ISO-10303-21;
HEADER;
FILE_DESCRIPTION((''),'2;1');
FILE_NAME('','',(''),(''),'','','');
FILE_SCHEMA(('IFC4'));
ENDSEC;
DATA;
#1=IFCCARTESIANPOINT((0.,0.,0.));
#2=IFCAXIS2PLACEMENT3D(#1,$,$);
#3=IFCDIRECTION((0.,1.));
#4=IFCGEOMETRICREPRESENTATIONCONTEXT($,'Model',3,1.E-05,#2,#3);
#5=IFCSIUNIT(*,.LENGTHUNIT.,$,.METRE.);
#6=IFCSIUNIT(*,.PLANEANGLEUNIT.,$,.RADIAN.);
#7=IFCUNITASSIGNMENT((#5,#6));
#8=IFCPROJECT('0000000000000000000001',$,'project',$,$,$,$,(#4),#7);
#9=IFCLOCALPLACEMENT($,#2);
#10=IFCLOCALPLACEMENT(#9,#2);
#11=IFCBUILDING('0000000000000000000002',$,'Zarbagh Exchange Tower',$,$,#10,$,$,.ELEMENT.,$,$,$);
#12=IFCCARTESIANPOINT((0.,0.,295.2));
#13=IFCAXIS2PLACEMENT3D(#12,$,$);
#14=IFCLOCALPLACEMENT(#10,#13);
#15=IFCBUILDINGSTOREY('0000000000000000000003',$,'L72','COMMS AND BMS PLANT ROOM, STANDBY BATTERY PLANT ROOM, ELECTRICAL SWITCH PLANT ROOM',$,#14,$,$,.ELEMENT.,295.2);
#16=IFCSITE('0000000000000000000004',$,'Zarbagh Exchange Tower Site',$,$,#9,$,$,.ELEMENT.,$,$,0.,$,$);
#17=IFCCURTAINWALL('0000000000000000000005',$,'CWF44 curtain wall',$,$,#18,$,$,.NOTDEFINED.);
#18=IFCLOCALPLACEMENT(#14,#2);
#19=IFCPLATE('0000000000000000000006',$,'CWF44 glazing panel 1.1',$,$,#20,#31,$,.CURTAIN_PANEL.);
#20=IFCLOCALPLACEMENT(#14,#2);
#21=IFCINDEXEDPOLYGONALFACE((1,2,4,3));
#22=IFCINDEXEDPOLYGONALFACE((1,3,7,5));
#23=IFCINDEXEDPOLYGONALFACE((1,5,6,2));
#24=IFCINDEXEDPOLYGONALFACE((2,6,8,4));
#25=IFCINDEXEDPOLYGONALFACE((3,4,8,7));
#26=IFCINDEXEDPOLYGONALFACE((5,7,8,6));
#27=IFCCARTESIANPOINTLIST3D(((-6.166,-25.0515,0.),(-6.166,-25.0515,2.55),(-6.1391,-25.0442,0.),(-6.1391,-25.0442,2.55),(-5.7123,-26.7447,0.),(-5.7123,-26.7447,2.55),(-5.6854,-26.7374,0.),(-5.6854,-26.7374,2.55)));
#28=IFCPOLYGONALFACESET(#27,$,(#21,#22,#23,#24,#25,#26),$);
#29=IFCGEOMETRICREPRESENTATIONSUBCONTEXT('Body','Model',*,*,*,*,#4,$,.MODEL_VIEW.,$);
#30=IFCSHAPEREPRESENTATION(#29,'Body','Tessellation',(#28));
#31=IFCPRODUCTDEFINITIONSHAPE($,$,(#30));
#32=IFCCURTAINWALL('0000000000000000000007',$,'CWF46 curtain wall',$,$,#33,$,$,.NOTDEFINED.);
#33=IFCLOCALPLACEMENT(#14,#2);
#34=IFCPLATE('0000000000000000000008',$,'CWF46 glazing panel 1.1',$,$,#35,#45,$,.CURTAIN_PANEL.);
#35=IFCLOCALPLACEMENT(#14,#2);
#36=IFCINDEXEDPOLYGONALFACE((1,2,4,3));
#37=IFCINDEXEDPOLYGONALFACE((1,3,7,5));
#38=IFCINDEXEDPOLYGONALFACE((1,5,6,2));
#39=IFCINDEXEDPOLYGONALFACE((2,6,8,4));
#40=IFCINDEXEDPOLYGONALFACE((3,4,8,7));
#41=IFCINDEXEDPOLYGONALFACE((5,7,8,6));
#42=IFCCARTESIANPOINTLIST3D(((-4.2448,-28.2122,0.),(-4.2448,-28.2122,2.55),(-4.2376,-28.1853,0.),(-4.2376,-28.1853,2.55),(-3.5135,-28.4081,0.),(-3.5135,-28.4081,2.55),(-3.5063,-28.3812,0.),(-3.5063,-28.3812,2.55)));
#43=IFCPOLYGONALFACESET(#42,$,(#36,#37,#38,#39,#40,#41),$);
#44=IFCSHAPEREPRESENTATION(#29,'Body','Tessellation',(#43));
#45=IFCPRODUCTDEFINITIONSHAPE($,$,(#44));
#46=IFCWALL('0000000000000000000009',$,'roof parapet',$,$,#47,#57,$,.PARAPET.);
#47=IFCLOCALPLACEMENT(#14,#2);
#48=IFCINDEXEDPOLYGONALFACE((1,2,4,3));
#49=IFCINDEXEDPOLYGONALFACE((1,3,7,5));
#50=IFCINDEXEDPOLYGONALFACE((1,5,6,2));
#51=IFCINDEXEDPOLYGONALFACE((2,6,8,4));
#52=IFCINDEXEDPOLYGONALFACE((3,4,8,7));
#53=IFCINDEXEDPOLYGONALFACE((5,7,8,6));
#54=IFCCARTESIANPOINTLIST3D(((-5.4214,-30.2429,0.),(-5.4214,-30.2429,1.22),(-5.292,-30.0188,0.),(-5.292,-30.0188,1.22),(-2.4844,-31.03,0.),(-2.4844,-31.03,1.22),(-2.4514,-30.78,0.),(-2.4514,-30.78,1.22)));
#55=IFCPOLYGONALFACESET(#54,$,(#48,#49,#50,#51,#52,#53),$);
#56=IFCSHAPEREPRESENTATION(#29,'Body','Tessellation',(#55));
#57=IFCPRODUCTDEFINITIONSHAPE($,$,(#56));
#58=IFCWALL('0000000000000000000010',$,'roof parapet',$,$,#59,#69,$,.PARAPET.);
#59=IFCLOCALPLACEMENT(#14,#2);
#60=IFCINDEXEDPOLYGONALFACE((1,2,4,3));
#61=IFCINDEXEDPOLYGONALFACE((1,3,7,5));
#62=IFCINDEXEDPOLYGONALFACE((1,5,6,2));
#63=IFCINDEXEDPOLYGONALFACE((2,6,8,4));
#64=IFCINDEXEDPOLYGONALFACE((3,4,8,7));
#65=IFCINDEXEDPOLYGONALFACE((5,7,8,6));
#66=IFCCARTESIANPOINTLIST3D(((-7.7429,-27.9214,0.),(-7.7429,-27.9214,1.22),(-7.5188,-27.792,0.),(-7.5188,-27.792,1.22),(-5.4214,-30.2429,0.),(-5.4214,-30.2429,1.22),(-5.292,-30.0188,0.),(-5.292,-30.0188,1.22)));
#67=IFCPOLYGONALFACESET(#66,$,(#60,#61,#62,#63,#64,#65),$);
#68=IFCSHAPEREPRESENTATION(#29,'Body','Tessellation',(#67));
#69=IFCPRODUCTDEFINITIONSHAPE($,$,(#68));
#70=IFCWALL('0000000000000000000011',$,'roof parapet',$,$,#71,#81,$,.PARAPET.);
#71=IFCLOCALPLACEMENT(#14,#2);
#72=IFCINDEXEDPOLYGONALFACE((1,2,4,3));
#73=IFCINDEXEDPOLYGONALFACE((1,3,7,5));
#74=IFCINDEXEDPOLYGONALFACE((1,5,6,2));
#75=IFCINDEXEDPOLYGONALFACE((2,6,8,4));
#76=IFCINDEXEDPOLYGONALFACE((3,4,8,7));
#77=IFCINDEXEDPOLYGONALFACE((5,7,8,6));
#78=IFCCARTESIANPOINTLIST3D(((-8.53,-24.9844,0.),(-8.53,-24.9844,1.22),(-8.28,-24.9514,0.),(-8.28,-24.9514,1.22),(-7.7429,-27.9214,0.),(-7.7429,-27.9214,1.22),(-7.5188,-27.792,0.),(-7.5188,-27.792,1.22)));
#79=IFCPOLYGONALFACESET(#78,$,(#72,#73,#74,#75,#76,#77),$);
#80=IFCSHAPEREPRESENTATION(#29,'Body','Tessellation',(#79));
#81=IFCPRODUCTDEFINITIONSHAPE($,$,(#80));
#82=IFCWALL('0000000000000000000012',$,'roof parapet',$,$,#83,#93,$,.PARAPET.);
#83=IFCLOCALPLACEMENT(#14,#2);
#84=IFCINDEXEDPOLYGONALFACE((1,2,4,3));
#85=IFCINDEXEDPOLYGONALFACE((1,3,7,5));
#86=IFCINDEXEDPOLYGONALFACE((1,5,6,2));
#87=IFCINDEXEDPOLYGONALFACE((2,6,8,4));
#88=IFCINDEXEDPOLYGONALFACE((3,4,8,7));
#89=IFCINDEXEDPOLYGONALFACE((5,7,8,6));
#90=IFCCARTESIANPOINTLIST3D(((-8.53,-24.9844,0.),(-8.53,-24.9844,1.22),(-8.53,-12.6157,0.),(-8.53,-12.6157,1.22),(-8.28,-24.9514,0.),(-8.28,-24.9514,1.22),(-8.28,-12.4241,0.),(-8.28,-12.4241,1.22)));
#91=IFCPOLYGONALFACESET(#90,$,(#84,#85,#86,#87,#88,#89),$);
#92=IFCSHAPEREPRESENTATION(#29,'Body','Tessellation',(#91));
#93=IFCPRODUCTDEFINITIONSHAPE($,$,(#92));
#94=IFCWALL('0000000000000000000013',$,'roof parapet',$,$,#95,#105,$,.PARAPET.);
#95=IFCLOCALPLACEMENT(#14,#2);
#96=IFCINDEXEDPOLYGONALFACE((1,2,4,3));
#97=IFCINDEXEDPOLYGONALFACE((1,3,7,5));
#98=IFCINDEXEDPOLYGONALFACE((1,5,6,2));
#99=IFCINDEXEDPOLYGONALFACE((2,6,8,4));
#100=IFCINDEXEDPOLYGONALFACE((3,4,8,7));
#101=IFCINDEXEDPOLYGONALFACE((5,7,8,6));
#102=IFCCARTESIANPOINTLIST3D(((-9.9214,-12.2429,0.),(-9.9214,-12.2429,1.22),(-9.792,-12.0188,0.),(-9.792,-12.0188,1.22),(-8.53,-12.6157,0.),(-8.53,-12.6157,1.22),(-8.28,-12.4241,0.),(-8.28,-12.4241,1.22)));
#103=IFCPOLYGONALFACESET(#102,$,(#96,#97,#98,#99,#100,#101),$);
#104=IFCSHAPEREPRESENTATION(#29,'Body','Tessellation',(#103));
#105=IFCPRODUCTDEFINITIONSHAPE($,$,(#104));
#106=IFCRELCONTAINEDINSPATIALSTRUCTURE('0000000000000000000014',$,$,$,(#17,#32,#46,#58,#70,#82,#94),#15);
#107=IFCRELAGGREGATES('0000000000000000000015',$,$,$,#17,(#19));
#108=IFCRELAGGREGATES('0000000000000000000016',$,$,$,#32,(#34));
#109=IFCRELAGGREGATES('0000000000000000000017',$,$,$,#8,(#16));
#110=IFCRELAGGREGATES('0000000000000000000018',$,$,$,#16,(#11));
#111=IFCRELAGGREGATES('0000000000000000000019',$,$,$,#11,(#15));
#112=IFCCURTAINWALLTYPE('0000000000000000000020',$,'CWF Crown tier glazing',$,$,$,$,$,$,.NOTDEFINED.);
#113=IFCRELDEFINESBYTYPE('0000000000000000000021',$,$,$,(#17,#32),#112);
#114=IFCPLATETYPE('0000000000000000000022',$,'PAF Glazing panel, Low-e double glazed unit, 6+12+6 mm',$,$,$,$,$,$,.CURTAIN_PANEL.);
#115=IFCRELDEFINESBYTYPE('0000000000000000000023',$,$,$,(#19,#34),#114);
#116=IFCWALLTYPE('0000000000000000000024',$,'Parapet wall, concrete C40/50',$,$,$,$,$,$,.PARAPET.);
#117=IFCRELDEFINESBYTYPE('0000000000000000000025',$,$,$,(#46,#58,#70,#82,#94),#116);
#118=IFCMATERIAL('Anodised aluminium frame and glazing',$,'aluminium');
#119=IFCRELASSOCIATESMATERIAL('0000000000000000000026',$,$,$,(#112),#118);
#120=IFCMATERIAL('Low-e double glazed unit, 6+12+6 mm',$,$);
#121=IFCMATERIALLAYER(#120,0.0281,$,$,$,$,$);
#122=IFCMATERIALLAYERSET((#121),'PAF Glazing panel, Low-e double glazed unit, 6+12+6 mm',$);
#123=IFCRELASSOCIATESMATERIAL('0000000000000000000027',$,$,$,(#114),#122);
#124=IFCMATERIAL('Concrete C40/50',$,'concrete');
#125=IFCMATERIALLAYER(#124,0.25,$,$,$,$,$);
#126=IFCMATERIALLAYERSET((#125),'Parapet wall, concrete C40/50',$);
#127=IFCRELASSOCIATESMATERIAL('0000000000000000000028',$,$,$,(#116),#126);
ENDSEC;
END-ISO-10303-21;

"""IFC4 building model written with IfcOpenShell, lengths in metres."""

from ifc_helpers import new_model, si_unit, direction, frame, origin, place, context, subcontext, project, spatial, polyline, outline, extrude, source, transform, mapped, material, layer, layer_set, type_object, element, aggregate, save


model = new_model("IFC4")

# Units and contexts
model_context = context("Model", 3, precision=1e-05, world=origin(), true_north=direction((0.0, 1.0)))
body_context = subcontext(model_context, "Body", "Model", "MODEL_VIEW")
ifc_project = project(units=[si_unit("LENGTHUNIT", "METRE"), si_unit("PLANEANGLEUNIT", "RADIAN")], contexts=[model_context])

# Site, building, storey
site_placement = place(None, origin())
site = spatial("IfcSite", under=ifc_project, at=site_placement, Name="Zarbagh Exchange Tower Site", CompositionType="ELEMENT", RefElevation=0.0)
building_placement = place(site_placement, origin())
building = spatial("IfcBuilding", under=site, at=building_placement, Name="Zarbagh Exchange Tower", CompositionType="ELEMENT")
storey_placement = place(building_placement, frame((0.0, 0.0, 295.2)))
storey = spatial("IfcBuildingStorey", under=building, at=storey_placement, Name="L72", Description="COMMS AND BMS PLANT ROOM, STANDBY BATTERY PLANT ROOM, ELECTRICAL SWITCH PLANT ROOM", CompositionType="ELEMENT", Elevation=295.2)

# Shared definitions
ifc_material_1 = material(Name="Anodised aluminium frame and glazing", Category="aluminium")
curtain_wall_type = type_object("IfcCurtainWallType", Name="CWF Crown tier glazing", PredefinedType="NOTDEFINED", material=ifc_material_1)
placement = place(storey_placement, origin())

# Curtain wall
curtain_wall_1_placement = place(storey_placement, origin())
curtain_wall_1 = element("IfcCurtainWall", 1, at=curtain_wall_1_placement, inside=storey, type_object=curtain_wall_type, Name="CWF44 curtain wall", PredefinedType="NOTDEFINED")

# Shared definitions
ifc_material_2 = material(Name="Low-e double glazed unit, 6+12+6 mm")
ifc_layer_1 = layer(ifc_material_2, 0.0281)
ifc_layer_set_1 = layer_set([ifc_layer_1], Name="PAF Glazing panel, Low-e double glazed unit, 6+12+6 mm")
plate_type = type_object("IfcPlateType", Name="PAF Glazing panel, Low-e double glazed unit, 6+12+6 mm", PredefinedType="CURTAIN_PANEL", material=ifc_layer_set_1)

# Plate
shared_shape_1 = source(origin(), body_context, "Body", "SweptSolid", [
    extrude(outline(polyline([(0.0, -0.0139), (1.7529, -0.0139), (1.7529, 0.0139), (0.0, 0.0139), (0.0, -0.0139)])), origin(), (0.0, 0.0, 1.0), 2.55),
])
plate_1 = element("IfcPlate", 2, at=placement, type_object=plate_type, Name="CWF44 glazing panel 1.1", PredefinedType="CURTAIN_PANEL", context=body_context, shape_type="MappedRepresentation", body=[
    mapped(shared_shape_1, transform((-6.1526, -25.0479, 0.0), x_axis=(0.258825, -0.965924, 0.0), y_axis=(0.965924, 0.258825, 0.0), z_axis=(0.0, 0.0, 1.0))),
])
aggregate(curtain_wall_1, [plate_1])

# Curtain wall, plate
curtain_wall_2_placement = place(storey_placement, origin())
curtain_wall_2 = element("IfcCurtainWall", 3, at=curtain_wall_2_placement, inside=storey, type_object=curtain_wall_type, Name="CWF46 curtain wall", PredefinedType="NOTDEFINED")
shared_shape_2 = source(origin(), body_context, "Body", "SweptSolid", [
    extrude(outline(polyline([(0.0, -0.0139), (0.7571, -0.0139), (0.7571, 0.0139), (0.0, 0.0139), (0.0, -0.0139)])), origin(), (0.0, 0.0, 1.0), 2.55),
])
plate_2 = element("IfcPlate", 4, at=placement, type_object=plate_type, Name="CWF46 glazing panel 1.1", PredefinedType="CURTAIN_PANEL", context=body_context, shape_type="MappedRepresentation", body=[
    mapped(shared_shape_2, transform((-4.2412, -28.1987, 0.0), x_axis=(0.965924, -0.258825, 0.0), y_axis=(0.258825, 0.965924, 0.0), z_axis=(0.0, 0.0, 1.0))),
])
aggregate(curtain_wall_2, [plate_2])

# Walls
ifc_material_3 = material(Name="Concrete C40/50", Category="concrete")
ifc_layer_2 = layer(ifc_material_3, 0.25)
ifc_layer_set_2 = layer_set([ifc_layer_2], Name="Parapet wall, concrete C40/50")
wall_type = type_object("IfcWallType", Name="Parapet wall, concrete C40/50", PredefinedType="PARAPET", material=ifc_layer_set_2)
wall_1_placement = place(storey_placement, origin())
element("IfcWall", 5, at=wall_1_placement, inside=storey, type_object=wall_type, Name="roof parapet", PredefinedType="PARAPET", context=body_context, shape_type="SweptSolid", body=[
    extrude(outline(polyline([(-2.4844, -31.03), (-5.4214, -30.2429), (-5.292, -30.0188), (-2.4514, -30.78), (-2.4844, -31.03)])), origin(), (0.0, 0.0, 1.0), 1.22),
])
wall_2_placement = place(storey_placement, origin())
element("IfcWall", 6, at=wall_2_placement, inside=storey, type_object=wall_type, Name="roof parapet", PredefinedType="PARAPET", context=body_context, shape_type="SweptSolid", body=[
    extrude(outline(polyline([(-5.4214, -30.2429), (-7.7429, -27.9214), (-7.5188, -27.792), (-5.292, -30.0188), (-5.4214, -30.2429)])), origin(), (0.0, 0.0, 1.0), 1.22),
])
wall_3_placement = place(storey_placement, origin())
element("IfcWall", 7, at=wall_3_placement, inside=storey, type_object=wall_type, Name="roof parapet", PredefinedType="PARAPET", context=body_context, shape_type="SweptSolid", body=[
    extrude(outline(polyline([(-7.7429, -27.9214), (-8.53, -24.9844), (-8.28, -24.9514), (-7.5188, -27.792), (-7.7429, -27.9214)])), origin(), (0.0, 0.0, 1.0), 1.22),
])
wall_4_placement = place(storey_placement, origin())
element("IfcWall", 8, at=wall_4_placement, inside=storey, type_object=wall_type, Name="roof parapet", PredefinedType="PARAPET", context=body_context, shape_type="SweptSolid", body=[
    extrude(outline(polyline([(-8.53, -24.9844), (-8.53, -12.6157), (-8.28, -12.4241), (-8.28, -24.9514), (-8.53, -24.9844)])), origin(), (0.0, 0.0, 1.0), 1.22),
])
wall_5_placement = place(storey_placement, origin())
element("IfcWall", 9, at=wall_5_placement, inside=storey, type_object=wall_type, Name="roof parapet", PredefinedType="PARAPET", context=body_context, shape_type="SweptSolid", body=[
    extrude(outline(polyline([(-8.53, -12.6157), (-9.9214, -12.2429), (-9.792, -12.0188), (-8.28, -12.4241), (-8.53, -12.6157)])), origin(), (0.0, 0.0, 1.0), 1.22),
])

save(model, "model.ifc")
